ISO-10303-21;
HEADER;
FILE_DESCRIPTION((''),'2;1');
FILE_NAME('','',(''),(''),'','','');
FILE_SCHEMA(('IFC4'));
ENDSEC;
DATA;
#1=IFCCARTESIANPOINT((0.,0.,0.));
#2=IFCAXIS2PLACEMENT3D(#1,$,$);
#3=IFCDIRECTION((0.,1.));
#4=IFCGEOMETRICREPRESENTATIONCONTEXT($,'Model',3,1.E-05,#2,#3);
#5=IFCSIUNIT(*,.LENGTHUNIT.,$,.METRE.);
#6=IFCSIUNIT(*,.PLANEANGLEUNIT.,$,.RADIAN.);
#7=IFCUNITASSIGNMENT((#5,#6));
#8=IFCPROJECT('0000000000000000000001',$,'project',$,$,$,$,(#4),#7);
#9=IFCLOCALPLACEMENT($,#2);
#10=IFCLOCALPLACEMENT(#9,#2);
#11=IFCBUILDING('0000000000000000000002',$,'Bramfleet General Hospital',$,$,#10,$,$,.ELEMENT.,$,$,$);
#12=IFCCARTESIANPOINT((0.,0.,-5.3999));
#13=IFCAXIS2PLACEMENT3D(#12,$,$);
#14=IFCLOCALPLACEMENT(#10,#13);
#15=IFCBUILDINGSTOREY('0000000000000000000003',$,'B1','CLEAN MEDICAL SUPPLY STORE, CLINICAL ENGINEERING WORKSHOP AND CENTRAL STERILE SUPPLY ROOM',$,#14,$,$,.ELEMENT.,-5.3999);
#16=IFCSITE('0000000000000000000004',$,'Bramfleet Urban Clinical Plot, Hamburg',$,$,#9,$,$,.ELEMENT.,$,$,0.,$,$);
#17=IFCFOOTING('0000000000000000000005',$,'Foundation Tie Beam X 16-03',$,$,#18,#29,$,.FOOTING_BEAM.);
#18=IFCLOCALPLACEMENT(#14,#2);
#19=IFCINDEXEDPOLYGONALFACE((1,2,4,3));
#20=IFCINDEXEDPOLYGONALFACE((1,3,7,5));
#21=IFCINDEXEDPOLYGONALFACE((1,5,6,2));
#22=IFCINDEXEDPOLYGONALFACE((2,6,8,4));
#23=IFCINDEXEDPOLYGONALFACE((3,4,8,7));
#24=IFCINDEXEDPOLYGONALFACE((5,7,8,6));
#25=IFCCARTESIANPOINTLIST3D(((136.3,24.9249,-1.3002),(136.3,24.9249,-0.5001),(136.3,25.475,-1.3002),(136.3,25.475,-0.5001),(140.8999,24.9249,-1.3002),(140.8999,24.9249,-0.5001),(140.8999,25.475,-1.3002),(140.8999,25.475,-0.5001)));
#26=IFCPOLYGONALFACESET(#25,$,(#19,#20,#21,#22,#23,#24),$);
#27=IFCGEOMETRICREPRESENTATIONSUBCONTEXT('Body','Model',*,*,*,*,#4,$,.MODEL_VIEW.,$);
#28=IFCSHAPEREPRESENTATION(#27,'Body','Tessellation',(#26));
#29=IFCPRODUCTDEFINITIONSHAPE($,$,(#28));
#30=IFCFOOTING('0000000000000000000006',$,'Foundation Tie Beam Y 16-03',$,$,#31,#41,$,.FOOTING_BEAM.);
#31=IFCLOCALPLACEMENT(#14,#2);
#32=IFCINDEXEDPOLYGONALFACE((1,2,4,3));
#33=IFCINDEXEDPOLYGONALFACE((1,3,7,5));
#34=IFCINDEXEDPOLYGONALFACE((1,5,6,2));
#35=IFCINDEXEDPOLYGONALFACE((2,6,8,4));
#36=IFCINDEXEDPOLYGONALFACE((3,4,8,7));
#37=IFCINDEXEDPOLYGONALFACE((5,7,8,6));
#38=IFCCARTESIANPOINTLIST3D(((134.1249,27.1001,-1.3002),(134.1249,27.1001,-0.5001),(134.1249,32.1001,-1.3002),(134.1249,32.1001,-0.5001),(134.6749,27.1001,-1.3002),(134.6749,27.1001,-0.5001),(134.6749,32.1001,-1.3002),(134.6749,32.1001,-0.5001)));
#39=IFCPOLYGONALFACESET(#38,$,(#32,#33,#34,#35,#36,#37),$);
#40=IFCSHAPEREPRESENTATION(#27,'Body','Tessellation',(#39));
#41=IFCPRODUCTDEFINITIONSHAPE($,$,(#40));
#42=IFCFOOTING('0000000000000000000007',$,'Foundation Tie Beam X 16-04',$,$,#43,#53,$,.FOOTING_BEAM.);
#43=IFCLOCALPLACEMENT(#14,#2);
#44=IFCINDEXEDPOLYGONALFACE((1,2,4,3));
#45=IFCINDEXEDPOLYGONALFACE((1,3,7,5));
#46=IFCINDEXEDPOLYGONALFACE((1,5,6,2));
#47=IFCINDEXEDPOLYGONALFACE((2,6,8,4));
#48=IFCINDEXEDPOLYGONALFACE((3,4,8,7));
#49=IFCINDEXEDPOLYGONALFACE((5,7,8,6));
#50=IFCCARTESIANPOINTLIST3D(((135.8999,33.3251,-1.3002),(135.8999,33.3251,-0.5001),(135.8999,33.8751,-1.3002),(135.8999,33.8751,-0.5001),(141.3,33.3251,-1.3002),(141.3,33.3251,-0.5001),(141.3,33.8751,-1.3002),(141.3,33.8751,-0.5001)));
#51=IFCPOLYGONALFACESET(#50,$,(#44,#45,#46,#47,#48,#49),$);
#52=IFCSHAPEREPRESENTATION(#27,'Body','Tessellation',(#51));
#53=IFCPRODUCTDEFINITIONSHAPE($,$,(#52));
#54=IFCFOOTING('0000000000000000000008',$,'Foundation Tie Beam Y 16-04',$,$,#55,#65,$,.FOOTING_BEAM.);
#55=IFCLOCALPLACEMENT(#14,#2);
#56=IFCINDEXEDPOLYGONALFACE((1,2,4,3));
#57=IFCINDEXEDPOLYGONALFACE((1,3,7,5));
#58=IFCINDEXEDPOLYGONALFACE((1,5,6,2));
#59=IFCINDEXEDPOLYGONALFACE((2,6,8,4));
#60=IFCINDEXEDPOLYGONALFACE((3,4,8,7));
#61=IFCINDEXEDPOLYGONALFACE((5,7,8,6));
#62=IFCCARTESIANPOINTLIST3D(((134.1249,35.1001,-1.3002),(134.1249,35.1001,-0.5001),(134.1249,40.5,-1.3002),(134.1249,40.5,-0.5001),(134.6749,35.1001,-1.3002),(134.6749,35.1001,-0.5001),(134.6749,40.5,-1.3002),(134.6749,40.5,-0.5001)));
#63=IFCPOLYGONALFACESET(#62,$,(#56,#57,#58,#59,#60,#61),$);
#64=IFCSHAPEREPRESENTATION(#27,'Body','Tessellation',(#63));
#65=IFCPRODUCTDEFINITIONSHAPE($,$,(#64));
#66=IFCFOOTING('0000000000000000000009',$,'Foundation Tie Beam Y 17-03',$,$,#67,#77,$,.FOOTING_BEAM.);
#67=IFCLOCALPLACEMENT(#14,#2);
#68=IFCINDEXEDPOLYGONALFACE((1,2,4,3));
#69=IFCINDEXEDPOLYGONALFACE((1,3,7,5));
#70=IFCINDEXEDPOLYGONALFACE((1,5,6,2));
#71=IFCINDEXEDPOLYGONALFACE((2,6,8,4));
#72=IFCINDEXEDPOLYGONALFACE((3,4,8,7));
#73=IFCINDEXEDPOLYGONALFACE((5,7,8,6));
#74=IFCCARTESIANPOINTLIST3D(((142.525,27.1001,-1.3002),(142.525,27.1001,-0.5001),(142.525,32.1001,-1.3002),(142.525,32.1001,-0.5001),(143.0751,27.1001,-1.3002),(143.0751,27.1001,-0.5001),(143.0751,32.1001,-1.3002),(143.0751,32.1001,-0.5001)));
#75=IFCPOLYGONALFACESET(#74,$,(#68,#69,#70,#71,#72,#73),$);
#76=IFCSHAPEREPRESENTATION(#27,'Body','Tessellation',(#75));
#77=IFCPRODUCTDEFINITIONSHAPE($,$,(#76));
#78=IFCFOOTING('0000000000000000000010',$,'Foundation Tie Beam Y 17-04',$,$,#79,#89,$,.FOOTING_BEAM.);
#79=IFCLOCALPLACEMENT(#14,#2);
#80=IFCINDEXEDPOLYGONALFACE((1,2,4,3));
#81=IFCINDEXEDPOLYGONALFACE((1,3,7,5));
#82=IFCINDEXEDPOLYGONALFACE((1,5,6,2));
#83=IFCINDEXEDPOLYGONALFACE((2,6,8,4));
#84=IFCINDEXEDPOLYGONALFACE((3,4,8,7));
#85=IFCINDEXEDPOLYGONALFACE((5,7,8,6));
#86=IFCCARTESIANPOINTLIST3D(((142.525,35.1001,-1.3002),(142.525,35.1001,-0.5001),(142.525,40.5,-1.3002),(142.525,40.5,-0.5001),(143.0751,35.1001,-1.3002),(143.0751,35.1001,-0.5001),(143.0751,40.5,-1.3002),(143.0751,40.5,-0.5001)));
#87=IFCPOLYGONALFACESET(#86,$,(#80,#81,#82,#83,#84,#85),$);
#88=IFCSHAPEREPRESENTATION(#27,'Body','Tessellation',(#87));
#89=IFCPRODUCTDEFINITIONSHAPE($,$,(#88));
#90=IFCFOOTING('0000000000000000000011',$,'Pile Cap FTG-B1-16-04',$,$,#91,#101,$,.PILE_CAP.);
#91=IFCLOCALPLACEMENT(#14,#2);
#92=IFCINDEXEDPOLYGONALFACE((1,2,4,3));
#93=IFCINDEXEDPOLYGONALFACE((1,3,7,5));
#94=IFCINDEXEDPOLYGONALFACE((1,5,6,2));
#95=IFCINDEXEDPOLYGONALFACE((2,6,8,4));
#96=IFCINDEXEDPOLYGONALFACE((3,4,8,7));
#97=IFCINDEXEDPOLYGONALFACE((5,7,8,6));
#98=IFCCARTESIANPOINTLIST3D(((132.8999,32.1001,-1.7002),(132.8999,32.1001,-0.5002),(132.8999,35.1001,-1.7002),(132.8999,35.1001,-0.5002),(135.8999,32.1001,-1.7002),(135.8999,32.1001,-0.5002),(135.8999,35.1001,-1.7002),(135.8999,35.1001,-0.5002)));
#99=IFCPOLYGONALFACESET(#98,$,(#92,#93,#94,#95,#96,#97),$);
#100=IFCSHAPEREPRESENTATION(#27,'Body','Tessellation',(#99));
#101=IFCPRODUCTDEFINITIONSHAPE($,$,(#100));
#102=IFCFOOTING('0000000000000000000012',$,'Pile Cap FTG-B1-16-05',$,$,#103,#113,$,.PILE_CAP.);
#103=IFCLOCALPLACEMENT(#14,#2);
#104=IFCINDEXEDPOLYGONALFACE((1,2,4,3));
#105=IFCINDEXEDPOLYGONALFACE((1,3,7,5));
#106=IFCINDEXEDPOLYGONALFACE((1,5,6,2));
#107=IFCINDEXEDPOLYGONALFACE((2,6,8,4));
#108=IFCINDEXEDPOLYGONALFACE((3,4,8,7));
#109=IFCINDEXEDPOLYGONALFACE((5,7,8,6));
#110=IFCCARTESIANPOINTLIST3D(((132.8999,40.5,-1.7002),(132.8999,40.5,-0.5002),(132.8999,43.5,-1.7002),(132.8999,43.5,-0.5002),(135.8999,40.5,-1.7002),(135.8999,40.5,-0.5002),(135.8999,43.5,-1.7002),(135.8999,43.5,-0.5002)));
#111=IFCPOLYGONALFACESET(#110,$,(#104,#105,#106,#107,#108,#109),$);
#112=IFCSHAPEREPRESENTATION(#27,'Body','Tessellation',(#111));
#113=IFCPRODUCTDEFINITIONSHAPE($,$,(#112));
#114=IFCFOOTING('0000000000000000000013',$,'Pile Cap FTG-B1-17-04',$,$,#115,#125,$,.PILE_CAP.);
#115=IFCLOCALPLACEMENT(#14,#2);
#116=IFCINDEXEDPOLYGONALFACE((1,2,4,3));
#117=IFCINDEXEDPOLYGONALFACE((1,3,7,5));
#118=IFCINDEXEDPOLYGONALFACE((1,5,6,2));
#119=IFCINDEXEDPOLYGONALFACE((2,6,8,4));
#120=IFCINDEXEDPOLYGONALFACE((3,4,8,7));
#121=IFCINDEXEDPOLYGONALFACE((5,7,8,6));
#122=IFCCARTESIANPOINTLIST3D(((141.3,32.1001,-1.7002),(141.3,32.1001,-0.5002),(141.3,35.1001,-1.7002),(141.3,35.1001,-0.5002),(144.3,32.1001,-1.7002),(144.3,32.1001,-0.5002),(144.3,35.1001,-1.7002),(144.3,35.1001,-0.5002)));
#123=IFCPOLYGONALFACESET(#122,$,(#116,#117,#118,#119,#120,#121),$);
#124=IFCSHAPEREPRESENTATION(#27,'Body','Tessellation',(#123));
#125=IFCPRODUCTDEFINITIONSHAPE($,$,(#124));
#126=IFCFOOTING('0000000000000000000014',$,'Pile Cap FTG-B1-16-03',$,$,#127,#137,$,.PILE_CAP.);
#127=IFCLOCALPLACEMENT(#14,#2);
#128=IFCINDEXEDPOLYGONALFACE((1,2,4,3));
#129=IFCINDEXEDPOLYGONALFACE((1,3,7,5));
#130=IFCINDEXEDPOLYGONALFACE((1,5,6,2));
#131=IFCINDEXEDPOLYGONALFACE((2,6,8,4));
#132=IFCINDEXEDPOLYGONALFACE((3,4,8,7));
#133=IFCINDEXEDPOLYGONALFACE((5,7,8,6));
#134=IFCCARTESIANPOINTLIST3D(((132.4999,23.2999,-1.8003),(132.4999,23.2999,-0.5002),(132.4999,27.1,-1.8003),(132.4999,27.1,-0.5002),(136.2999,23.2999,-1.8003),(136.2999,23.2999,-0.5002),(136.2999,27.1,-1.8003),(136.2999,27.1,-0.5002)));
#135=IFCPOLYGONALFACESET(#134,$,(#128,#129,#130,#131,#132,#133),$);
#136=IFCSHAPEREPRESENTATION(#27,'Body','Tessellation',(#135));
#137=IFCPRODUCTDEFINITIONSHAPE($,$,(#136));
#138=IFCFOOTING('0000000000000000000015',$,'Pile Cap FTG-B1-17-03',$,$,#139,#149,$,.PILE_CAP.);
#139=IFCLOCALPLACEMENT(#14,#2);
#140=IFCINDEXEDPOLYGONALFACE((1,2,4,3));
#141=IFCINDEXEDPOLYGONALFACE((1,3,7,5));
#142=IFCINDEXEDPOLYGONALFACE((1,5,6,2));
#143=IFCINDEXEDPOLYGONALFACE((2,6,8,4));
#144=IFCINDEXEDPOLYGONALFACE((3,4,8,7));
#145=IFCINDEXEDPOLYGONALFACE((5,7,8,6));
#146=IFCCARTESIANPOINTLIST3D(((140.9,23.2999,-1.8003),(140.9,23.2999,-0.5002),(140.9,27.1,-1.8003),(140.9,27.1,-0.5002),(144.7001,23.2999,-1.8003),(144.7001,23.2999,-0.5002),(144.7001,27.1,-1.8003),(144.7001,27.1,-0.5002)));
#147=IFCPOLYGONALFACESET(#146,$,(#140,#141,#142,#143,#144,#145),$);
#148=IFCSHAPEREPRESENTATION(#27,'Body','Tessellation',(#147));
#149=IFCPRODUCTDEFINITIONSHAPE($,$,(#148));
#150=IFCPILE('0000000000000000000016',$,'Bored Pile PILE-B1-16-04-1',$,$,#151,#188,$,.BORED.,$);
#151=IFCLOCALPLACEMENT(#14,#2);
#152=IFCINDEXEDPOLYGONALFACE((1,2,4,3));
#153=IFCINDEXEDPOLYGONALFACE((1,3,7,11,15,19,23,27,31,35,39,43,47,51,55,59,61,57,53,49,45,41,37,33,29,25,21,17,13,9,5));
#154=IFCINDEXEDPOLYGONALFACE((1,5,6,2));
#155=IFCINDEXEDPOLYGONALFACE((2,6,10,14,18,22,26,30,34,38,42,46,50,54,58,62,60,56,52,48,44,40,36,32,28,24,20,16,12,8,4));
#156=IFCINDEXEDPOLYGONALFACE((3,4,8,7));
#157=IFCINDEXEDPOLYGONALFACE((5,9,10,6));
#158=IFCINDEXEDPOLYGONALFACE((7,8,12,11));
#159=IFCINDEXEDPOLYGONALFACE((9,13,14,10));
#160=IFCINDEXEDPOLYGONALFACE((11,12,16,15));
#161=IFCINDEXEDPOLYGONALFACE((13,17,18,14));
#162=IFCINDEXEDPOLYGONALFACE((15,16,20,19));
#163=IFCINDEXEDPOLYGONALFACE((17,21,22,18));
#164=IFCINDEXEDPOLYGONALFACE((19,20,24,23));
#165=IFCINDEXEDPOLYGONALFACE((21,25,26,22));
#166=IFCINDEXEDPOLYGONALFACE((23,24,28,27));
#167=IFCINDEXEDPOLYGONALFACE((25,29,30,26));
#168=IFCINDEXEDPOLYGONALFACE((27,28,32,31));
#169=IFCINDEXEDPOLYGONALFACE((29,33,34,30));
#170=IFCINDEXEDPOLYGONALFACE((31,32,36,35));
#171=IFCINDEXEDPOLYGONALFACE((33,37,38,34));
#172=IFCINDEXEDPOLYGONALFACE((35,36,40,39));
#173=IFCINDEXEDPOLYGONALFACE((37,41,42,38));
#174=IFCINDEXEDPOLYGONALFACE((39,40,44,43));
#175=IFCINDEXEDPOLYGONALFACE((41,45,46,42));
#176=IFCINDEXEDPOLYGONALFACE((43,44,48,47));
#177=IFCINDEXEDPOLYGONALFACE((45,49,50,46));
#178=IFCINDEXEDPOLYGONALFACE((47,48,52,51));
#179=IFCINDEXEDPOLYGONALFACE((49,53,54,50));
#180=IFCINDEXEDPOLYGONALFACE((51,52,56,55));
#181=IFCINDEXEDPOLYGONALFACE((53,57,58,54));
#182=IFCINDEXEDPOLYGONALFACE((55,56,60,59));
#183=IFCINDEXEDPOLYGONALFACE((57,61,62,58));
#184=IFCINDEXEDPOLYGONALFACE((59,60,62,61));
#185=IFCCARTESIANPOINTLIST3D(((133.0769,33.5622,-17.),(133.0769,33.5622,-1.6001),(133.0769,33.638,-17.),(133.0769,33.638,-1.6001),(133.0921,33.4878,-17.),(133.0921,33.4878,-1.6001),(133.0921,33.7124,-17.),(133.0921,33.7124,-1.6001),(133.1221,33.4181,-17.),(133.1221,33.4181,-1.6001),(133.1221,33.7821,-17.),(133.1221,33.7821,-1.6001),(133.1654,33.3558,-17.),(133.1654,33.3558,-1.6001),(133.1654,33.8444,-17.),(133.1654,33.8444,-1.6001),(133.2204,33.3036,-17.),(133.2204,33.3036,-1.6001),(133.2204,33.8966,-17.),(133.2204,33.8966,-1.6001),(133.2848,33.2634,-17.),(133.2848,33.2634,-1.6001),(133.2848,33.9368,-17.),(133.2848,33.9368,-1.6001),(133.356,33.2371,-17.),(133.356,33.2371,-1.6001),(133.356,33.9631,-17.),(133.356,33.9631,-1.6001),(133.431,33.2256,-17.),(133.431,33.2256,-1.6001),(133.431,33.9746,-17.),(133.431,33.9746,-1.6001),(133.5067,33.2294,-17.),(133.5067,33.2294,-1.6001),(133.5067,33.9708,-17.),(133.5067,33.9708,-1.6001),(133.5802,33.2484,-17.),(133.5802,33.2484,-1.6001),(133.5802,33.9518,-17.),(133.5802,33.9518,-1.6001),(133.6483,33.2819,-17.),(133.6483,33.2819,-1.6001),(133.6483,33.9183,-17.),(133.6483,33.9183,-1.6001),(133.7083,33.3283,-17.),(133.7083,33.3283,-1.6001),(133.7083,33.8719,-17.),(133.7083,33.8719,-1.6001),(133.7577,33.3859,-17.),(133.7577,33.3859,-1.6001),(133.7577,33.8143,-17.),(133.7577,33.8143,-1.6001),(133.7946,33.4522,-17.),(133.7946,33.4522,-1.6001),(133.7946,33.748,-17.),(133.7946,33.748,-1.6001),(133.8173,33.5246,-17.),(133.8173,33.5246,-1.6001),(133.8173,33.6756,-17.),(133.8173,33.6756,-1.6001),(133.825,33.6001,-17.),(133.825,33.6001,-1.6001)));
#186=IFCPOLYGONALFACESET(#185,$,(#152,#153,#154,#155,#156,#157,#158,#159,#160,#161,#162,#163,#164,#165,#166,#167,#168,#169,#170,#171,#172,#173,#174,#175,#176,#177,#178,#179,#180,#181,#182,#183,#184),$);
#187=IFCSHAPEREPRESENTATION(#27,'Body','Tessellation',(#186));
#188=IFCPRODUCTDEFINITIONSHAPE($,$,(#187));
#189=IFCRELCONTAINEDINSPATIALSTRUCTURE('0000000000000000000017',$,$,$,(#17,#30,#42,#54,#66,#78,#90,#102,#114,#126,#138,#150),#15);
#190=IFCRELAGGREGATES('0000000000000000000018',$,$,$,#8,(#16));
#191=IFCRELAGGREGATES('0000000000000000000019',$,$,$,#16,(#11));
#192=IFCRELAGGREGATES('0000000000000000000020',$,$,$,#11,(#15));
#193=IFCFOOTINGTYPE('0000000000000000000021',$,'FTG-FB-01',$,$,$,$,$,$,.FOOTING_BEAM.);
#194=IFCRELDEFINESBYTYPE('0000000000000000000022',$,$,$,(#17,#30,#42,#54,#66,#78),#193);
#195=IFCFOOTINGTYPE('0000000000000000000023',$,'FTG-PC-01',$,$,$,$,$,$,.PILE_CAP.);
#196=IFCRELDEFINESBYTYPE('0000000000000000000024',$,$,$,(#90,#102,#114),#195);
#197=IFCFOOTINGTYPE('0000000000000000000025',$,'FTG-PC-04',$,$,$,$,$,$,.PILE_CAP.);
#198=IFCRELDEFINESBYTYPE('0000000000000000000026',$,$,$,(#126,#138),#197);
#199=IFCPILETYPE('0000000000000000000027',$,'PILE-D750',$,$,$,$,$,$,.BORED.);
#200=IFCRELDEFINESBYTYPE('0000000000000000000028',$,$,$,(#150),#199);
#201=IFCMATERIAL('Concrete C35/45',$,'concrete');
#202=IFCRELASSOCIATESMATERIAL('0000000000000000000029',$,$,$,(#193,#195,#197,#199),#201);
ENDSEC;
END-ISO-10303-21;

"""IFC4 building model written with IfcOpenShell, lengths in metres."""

from ifc_helpers import new_model, si_unit, direction, frame, origin, origin_2d, place, context, subcontext, project, spatial, rectangle, circle, extrude, material, material_profile, profile_set, type_object, element, save


model = new_model("IFC4")

# Units and contexts
model_context = context("Model", 3, precision=1e-05, world=origin(), true_north=direction((0.0, 1.0)))
body_context = subcontext(model_context, "Body", "Model", "MODEL_VIEW")
ifc_project = project(units=[si_unit("LENGTHUNIT", "METRE"), si_unit("PLANEANGLEUNIT", "RADIAN")], contexts=[model_context])

# Site, building, storey
site_placement = place(None, origin())
site = spatial("IfcSite", under=ifc_project, at=site_placement, Name="Bramfleet Urban Clinical Plot, Hamburg", CompositionType="ELEMENT", RefElevation=0.0)
building_placement = place(site_placement, origin())
building = spatial("IfcBuilding", under=site, at=building_placement, Name="Bramfleet General Hospital", CompositionType="ELEMENT")
storey_placement = place(building_placement, frame((0.0, 0.0, -5.3999)))
storey = spatial("IfcBuildingStorey", under=building, at=storey_placement, Name="B1", Description="CLEAN MEDICAL SUPPLY STORE, CLINICAL ENGINEERING WORKSHOP AND CENTRAL STERILE SUPPLY ROOM", CompositionType="ELEMENT", Elevation=-5.3999)

# Footings
ifc_material_1 = material(Name="Concrete C35/45", Category="concrete")
ifc_material_profile_1 = material_profile(ifc_material_1, rectangle(XDim=0.55, YDim=0.8, at=origin_2d()), Name="RC FB 800x550")
ifc_profile_set_1 = profile_set([ifc_material_profile_1], Name="Concrete C35/45")
footing_type_1 = type_object("IfcFootingType", Name="FTG-FB-01", PredefinedType="FOOTING_BEAM", material=ifc_profile_set_1)
footing_1_placement = place(storey_placement, frame((136.3, 25.2, -0.9001), z_axis=(1.0, 0.0, 0.0), x_axis=(0.0, 1.0, 0.0)))
element("IfcFooting", 1, at=footing_1_placement, inside=storey, type_object=footing_type_1, Name="Foundation Tie Beam X 16-03", PredefinedType="FOOTING_BEAM", context=body_context, shape_type="SweptSolid", body=[
    extrude(rectangle(XDim=0.55, YDim=0.8, at=origin_2d()), origin(), (0.0, 0.0, 1.0), 4.5999),
])
footing_2_placement = place(storey_placement, frame((134.3999, 27.1001, -0.9001), z_axis=(0.0, 1.0, 0.0), x_axis=(-1.0, 0.0, 0.0)))
element("IfcFooting", 2, at=footing_2_placement, inside=storey, type_object=footing_type_1, Name="Foundation Tie Beam Y 16-03", PredefinedType="FOOTING_BEAM", context=body_context, shape_type="SweptSolid", body=[
    extrude(rectangle(XDim=0.55, YDim=0.8, at=origin_2d()), origin(), (0.0, 0.0, 1.0), 5.0),
])
footing_3_placement = place(storey_placement, frame((135.8999, 33.6001, -0.9001), z_axis=(1.0, 0.0, 0.0), x_axis=(0.0, 1.0, 0.0)))
element("IfcFooting", 3, at=footing_3_placement, inside=storey, type_object=footing_type_1, Name="Foundation Tie Beam X 16-04", PredefinedType="FOOTING_BEAM", context=body_context, shape_type="SweptSolid", body=[
    extrude(rectangle(XDim=0.55, YDim=0.8, at=origin_2d()), origin(), (0.0, 0.0, 1.0), 5.4001),
])
footing_4_placement = place(storey_placement, frame((134.3999, 35.1001, -0.9001), z_axis=(0.0, 1.0, 0.0), x_axis=(-1.0, 0.0, 0.0)))
element("IfcFooting", 4, at=footing_4_placement, inside=storey, type_object=footing_type_1, Name="Foundation Tie Beam Y 16-04", PredefinedType="FOOTING_BEAM", context=body_context, shape_type="SweptSolid", body=[
    extrude(rectangle(XDim=0.55, YDim=0.8, at=origin_2d()), origin(), (0.0, 0.0, 1.0), 5.3999),
])
footing_5_placement = place(storey_placement, frame((142.8, 27.1001, -0.9001), z_axis=(0.0, 1.0, 0.0), x_axis=(-1.0, 0.0, 0.0)))
element("IfcFooting", 5, at=footing_5_placement, inside=storey, type_object=footing_type_1, Name="Foundation Tie Beam Y 17-03", PredefinedType="FOOTING_BEAM", context=body_context, shape_type="SweptSolid", body=[
    extrude(rectangle(XDim=0.55, YDim=0.8, at=origin_2d()), origin(), (0.0, 0.0, 1.0), 5.0),
])
footing_6_placement = place(storey_placement, frame((142.8, 35.1001, -0.9001), z_axis=(0.0, 1.0, 0.0), x_axis=(-1.0, 0.0, 0.0)))
element("IfcFooting", 6, at=footing_6_placement, inside=storey, type_object=footing_type_1, Name="Foundation Tie Beam Y 17-04", PredefinedType="FOOTING_BEAM", context=body_context, shape_type="SweptSolid", body=[
    extrude(rectangle(XDim=0.55, YDim=0.8, at=origin_2d()), origin(), (0.0, 0.0, 1.0), 5.3999),
])
footing_type_2 = type_object("IfcFootingType", Name="FTG-PC-01", PredefinedType="PILE_CAP", material=ifc_material_1)
for number, where, z_axis, x_axis, name in (
    (7, (134.3999, 33.6001, -1.7002), (0.0, 0.0, 1.0), (1.0, 0.0, 0.0), "Pile Cap FTG-B1-16-04"),
    (8, (134.3999, 42.0, -1.7002), (0.0, 0.0, 1.0), (1.0, 0.0, 0.0), "Pile Cap FTG-B1-16-05"),
    (9, (142.8, 33.6001, -1.7002), (0.0, 0.0, 1.0), (1.0, 0.0, 0.0), "Pile Cap FTG-B1-17-04"),
):
    element("IfcFooting", number, at=place(storey_placement, frame(where, z_axis=z_axis, x_axis=x_axis)), inside=storey, type_object=footing_type_2, Name=name, PredefinedType="PILE_CAP", context=body_context, shape_type="SweptSolid", body=[
        extrude(rectangle(XDim=3.0, YDim=3.0, at=origin_2d()), origin(), (0.0, 0.0, 1.0), 1.2),
    ])
footing_type_3 = type_object("IfcFootingType", Name="FTG-PC-04", PredefinedType="PILE_CAP", material=ifc_material_1)
for number, where, z_axis, x_axis, name in (
    (10, (134.3999, 25.2, -1.8003), (0.0, 0.0, 1.0), (1.0, 0.0, 0.0), "Pile Cap FTG-B1-16-03"),
    (11, (142.8, 25.2, -1.8003), (0.0, 0.0, 1.0), (1.0, 0.0, 0.0), "Pile Cap FTG-B1-17-03"),
):
    element("IfcFooting", number, at=place(storey_placement, frame(where, z_axis=z_axis, x_axis=x_axis)), inside=storey, type_object=footing_type_3, Name=name, PredefinedType="PILE_CAP", context=body_context, shape_type="SweptSolid", body=[
        extrude(rectangle(XDim=3.8, YDim=3.8, at=origin_2d()), origin(), (0.0, 0.0, 1.0), 1.3),
    ])

# Pile
ifc_material_profile_2 = material_profile(ifc_material_1, circle(Radius=0.375, at=origin_2d()), Name="PILE BORED D750")
ifc_profile_set_2 = profile_set([ifc_material_profile_2], Name="Concrete C35/45")
pile_type_1 = type_object("IfcPileType", Name="PILE-D750", PredefinedType="BORED", material=ifc_profile_set_2)
for number, where, z_axis, x_axis, name in (
    (12, (133.45, 33.6001, -1.6001), (0.0, 0.0, -1.0), (1.0, 0.0, 0.0), "Bored Pile PILE-B1-16-04-1"),
):
    element("IfcPile", number, at=place(storey_placement, frame(where, z_axis=z_axis, x_axis=x_axis)), inside=storey, type_object=pile_type_1, Name=name, PredefinedType="BORED", context=body_context, shape_type="SweptSolid", body=[
        extrude(circle(Radius=0.375, at=origin_2d()), origin(), (0.0, 0.0, 1.0), 15.3999),
    ])

save(model, "model.ifc")
